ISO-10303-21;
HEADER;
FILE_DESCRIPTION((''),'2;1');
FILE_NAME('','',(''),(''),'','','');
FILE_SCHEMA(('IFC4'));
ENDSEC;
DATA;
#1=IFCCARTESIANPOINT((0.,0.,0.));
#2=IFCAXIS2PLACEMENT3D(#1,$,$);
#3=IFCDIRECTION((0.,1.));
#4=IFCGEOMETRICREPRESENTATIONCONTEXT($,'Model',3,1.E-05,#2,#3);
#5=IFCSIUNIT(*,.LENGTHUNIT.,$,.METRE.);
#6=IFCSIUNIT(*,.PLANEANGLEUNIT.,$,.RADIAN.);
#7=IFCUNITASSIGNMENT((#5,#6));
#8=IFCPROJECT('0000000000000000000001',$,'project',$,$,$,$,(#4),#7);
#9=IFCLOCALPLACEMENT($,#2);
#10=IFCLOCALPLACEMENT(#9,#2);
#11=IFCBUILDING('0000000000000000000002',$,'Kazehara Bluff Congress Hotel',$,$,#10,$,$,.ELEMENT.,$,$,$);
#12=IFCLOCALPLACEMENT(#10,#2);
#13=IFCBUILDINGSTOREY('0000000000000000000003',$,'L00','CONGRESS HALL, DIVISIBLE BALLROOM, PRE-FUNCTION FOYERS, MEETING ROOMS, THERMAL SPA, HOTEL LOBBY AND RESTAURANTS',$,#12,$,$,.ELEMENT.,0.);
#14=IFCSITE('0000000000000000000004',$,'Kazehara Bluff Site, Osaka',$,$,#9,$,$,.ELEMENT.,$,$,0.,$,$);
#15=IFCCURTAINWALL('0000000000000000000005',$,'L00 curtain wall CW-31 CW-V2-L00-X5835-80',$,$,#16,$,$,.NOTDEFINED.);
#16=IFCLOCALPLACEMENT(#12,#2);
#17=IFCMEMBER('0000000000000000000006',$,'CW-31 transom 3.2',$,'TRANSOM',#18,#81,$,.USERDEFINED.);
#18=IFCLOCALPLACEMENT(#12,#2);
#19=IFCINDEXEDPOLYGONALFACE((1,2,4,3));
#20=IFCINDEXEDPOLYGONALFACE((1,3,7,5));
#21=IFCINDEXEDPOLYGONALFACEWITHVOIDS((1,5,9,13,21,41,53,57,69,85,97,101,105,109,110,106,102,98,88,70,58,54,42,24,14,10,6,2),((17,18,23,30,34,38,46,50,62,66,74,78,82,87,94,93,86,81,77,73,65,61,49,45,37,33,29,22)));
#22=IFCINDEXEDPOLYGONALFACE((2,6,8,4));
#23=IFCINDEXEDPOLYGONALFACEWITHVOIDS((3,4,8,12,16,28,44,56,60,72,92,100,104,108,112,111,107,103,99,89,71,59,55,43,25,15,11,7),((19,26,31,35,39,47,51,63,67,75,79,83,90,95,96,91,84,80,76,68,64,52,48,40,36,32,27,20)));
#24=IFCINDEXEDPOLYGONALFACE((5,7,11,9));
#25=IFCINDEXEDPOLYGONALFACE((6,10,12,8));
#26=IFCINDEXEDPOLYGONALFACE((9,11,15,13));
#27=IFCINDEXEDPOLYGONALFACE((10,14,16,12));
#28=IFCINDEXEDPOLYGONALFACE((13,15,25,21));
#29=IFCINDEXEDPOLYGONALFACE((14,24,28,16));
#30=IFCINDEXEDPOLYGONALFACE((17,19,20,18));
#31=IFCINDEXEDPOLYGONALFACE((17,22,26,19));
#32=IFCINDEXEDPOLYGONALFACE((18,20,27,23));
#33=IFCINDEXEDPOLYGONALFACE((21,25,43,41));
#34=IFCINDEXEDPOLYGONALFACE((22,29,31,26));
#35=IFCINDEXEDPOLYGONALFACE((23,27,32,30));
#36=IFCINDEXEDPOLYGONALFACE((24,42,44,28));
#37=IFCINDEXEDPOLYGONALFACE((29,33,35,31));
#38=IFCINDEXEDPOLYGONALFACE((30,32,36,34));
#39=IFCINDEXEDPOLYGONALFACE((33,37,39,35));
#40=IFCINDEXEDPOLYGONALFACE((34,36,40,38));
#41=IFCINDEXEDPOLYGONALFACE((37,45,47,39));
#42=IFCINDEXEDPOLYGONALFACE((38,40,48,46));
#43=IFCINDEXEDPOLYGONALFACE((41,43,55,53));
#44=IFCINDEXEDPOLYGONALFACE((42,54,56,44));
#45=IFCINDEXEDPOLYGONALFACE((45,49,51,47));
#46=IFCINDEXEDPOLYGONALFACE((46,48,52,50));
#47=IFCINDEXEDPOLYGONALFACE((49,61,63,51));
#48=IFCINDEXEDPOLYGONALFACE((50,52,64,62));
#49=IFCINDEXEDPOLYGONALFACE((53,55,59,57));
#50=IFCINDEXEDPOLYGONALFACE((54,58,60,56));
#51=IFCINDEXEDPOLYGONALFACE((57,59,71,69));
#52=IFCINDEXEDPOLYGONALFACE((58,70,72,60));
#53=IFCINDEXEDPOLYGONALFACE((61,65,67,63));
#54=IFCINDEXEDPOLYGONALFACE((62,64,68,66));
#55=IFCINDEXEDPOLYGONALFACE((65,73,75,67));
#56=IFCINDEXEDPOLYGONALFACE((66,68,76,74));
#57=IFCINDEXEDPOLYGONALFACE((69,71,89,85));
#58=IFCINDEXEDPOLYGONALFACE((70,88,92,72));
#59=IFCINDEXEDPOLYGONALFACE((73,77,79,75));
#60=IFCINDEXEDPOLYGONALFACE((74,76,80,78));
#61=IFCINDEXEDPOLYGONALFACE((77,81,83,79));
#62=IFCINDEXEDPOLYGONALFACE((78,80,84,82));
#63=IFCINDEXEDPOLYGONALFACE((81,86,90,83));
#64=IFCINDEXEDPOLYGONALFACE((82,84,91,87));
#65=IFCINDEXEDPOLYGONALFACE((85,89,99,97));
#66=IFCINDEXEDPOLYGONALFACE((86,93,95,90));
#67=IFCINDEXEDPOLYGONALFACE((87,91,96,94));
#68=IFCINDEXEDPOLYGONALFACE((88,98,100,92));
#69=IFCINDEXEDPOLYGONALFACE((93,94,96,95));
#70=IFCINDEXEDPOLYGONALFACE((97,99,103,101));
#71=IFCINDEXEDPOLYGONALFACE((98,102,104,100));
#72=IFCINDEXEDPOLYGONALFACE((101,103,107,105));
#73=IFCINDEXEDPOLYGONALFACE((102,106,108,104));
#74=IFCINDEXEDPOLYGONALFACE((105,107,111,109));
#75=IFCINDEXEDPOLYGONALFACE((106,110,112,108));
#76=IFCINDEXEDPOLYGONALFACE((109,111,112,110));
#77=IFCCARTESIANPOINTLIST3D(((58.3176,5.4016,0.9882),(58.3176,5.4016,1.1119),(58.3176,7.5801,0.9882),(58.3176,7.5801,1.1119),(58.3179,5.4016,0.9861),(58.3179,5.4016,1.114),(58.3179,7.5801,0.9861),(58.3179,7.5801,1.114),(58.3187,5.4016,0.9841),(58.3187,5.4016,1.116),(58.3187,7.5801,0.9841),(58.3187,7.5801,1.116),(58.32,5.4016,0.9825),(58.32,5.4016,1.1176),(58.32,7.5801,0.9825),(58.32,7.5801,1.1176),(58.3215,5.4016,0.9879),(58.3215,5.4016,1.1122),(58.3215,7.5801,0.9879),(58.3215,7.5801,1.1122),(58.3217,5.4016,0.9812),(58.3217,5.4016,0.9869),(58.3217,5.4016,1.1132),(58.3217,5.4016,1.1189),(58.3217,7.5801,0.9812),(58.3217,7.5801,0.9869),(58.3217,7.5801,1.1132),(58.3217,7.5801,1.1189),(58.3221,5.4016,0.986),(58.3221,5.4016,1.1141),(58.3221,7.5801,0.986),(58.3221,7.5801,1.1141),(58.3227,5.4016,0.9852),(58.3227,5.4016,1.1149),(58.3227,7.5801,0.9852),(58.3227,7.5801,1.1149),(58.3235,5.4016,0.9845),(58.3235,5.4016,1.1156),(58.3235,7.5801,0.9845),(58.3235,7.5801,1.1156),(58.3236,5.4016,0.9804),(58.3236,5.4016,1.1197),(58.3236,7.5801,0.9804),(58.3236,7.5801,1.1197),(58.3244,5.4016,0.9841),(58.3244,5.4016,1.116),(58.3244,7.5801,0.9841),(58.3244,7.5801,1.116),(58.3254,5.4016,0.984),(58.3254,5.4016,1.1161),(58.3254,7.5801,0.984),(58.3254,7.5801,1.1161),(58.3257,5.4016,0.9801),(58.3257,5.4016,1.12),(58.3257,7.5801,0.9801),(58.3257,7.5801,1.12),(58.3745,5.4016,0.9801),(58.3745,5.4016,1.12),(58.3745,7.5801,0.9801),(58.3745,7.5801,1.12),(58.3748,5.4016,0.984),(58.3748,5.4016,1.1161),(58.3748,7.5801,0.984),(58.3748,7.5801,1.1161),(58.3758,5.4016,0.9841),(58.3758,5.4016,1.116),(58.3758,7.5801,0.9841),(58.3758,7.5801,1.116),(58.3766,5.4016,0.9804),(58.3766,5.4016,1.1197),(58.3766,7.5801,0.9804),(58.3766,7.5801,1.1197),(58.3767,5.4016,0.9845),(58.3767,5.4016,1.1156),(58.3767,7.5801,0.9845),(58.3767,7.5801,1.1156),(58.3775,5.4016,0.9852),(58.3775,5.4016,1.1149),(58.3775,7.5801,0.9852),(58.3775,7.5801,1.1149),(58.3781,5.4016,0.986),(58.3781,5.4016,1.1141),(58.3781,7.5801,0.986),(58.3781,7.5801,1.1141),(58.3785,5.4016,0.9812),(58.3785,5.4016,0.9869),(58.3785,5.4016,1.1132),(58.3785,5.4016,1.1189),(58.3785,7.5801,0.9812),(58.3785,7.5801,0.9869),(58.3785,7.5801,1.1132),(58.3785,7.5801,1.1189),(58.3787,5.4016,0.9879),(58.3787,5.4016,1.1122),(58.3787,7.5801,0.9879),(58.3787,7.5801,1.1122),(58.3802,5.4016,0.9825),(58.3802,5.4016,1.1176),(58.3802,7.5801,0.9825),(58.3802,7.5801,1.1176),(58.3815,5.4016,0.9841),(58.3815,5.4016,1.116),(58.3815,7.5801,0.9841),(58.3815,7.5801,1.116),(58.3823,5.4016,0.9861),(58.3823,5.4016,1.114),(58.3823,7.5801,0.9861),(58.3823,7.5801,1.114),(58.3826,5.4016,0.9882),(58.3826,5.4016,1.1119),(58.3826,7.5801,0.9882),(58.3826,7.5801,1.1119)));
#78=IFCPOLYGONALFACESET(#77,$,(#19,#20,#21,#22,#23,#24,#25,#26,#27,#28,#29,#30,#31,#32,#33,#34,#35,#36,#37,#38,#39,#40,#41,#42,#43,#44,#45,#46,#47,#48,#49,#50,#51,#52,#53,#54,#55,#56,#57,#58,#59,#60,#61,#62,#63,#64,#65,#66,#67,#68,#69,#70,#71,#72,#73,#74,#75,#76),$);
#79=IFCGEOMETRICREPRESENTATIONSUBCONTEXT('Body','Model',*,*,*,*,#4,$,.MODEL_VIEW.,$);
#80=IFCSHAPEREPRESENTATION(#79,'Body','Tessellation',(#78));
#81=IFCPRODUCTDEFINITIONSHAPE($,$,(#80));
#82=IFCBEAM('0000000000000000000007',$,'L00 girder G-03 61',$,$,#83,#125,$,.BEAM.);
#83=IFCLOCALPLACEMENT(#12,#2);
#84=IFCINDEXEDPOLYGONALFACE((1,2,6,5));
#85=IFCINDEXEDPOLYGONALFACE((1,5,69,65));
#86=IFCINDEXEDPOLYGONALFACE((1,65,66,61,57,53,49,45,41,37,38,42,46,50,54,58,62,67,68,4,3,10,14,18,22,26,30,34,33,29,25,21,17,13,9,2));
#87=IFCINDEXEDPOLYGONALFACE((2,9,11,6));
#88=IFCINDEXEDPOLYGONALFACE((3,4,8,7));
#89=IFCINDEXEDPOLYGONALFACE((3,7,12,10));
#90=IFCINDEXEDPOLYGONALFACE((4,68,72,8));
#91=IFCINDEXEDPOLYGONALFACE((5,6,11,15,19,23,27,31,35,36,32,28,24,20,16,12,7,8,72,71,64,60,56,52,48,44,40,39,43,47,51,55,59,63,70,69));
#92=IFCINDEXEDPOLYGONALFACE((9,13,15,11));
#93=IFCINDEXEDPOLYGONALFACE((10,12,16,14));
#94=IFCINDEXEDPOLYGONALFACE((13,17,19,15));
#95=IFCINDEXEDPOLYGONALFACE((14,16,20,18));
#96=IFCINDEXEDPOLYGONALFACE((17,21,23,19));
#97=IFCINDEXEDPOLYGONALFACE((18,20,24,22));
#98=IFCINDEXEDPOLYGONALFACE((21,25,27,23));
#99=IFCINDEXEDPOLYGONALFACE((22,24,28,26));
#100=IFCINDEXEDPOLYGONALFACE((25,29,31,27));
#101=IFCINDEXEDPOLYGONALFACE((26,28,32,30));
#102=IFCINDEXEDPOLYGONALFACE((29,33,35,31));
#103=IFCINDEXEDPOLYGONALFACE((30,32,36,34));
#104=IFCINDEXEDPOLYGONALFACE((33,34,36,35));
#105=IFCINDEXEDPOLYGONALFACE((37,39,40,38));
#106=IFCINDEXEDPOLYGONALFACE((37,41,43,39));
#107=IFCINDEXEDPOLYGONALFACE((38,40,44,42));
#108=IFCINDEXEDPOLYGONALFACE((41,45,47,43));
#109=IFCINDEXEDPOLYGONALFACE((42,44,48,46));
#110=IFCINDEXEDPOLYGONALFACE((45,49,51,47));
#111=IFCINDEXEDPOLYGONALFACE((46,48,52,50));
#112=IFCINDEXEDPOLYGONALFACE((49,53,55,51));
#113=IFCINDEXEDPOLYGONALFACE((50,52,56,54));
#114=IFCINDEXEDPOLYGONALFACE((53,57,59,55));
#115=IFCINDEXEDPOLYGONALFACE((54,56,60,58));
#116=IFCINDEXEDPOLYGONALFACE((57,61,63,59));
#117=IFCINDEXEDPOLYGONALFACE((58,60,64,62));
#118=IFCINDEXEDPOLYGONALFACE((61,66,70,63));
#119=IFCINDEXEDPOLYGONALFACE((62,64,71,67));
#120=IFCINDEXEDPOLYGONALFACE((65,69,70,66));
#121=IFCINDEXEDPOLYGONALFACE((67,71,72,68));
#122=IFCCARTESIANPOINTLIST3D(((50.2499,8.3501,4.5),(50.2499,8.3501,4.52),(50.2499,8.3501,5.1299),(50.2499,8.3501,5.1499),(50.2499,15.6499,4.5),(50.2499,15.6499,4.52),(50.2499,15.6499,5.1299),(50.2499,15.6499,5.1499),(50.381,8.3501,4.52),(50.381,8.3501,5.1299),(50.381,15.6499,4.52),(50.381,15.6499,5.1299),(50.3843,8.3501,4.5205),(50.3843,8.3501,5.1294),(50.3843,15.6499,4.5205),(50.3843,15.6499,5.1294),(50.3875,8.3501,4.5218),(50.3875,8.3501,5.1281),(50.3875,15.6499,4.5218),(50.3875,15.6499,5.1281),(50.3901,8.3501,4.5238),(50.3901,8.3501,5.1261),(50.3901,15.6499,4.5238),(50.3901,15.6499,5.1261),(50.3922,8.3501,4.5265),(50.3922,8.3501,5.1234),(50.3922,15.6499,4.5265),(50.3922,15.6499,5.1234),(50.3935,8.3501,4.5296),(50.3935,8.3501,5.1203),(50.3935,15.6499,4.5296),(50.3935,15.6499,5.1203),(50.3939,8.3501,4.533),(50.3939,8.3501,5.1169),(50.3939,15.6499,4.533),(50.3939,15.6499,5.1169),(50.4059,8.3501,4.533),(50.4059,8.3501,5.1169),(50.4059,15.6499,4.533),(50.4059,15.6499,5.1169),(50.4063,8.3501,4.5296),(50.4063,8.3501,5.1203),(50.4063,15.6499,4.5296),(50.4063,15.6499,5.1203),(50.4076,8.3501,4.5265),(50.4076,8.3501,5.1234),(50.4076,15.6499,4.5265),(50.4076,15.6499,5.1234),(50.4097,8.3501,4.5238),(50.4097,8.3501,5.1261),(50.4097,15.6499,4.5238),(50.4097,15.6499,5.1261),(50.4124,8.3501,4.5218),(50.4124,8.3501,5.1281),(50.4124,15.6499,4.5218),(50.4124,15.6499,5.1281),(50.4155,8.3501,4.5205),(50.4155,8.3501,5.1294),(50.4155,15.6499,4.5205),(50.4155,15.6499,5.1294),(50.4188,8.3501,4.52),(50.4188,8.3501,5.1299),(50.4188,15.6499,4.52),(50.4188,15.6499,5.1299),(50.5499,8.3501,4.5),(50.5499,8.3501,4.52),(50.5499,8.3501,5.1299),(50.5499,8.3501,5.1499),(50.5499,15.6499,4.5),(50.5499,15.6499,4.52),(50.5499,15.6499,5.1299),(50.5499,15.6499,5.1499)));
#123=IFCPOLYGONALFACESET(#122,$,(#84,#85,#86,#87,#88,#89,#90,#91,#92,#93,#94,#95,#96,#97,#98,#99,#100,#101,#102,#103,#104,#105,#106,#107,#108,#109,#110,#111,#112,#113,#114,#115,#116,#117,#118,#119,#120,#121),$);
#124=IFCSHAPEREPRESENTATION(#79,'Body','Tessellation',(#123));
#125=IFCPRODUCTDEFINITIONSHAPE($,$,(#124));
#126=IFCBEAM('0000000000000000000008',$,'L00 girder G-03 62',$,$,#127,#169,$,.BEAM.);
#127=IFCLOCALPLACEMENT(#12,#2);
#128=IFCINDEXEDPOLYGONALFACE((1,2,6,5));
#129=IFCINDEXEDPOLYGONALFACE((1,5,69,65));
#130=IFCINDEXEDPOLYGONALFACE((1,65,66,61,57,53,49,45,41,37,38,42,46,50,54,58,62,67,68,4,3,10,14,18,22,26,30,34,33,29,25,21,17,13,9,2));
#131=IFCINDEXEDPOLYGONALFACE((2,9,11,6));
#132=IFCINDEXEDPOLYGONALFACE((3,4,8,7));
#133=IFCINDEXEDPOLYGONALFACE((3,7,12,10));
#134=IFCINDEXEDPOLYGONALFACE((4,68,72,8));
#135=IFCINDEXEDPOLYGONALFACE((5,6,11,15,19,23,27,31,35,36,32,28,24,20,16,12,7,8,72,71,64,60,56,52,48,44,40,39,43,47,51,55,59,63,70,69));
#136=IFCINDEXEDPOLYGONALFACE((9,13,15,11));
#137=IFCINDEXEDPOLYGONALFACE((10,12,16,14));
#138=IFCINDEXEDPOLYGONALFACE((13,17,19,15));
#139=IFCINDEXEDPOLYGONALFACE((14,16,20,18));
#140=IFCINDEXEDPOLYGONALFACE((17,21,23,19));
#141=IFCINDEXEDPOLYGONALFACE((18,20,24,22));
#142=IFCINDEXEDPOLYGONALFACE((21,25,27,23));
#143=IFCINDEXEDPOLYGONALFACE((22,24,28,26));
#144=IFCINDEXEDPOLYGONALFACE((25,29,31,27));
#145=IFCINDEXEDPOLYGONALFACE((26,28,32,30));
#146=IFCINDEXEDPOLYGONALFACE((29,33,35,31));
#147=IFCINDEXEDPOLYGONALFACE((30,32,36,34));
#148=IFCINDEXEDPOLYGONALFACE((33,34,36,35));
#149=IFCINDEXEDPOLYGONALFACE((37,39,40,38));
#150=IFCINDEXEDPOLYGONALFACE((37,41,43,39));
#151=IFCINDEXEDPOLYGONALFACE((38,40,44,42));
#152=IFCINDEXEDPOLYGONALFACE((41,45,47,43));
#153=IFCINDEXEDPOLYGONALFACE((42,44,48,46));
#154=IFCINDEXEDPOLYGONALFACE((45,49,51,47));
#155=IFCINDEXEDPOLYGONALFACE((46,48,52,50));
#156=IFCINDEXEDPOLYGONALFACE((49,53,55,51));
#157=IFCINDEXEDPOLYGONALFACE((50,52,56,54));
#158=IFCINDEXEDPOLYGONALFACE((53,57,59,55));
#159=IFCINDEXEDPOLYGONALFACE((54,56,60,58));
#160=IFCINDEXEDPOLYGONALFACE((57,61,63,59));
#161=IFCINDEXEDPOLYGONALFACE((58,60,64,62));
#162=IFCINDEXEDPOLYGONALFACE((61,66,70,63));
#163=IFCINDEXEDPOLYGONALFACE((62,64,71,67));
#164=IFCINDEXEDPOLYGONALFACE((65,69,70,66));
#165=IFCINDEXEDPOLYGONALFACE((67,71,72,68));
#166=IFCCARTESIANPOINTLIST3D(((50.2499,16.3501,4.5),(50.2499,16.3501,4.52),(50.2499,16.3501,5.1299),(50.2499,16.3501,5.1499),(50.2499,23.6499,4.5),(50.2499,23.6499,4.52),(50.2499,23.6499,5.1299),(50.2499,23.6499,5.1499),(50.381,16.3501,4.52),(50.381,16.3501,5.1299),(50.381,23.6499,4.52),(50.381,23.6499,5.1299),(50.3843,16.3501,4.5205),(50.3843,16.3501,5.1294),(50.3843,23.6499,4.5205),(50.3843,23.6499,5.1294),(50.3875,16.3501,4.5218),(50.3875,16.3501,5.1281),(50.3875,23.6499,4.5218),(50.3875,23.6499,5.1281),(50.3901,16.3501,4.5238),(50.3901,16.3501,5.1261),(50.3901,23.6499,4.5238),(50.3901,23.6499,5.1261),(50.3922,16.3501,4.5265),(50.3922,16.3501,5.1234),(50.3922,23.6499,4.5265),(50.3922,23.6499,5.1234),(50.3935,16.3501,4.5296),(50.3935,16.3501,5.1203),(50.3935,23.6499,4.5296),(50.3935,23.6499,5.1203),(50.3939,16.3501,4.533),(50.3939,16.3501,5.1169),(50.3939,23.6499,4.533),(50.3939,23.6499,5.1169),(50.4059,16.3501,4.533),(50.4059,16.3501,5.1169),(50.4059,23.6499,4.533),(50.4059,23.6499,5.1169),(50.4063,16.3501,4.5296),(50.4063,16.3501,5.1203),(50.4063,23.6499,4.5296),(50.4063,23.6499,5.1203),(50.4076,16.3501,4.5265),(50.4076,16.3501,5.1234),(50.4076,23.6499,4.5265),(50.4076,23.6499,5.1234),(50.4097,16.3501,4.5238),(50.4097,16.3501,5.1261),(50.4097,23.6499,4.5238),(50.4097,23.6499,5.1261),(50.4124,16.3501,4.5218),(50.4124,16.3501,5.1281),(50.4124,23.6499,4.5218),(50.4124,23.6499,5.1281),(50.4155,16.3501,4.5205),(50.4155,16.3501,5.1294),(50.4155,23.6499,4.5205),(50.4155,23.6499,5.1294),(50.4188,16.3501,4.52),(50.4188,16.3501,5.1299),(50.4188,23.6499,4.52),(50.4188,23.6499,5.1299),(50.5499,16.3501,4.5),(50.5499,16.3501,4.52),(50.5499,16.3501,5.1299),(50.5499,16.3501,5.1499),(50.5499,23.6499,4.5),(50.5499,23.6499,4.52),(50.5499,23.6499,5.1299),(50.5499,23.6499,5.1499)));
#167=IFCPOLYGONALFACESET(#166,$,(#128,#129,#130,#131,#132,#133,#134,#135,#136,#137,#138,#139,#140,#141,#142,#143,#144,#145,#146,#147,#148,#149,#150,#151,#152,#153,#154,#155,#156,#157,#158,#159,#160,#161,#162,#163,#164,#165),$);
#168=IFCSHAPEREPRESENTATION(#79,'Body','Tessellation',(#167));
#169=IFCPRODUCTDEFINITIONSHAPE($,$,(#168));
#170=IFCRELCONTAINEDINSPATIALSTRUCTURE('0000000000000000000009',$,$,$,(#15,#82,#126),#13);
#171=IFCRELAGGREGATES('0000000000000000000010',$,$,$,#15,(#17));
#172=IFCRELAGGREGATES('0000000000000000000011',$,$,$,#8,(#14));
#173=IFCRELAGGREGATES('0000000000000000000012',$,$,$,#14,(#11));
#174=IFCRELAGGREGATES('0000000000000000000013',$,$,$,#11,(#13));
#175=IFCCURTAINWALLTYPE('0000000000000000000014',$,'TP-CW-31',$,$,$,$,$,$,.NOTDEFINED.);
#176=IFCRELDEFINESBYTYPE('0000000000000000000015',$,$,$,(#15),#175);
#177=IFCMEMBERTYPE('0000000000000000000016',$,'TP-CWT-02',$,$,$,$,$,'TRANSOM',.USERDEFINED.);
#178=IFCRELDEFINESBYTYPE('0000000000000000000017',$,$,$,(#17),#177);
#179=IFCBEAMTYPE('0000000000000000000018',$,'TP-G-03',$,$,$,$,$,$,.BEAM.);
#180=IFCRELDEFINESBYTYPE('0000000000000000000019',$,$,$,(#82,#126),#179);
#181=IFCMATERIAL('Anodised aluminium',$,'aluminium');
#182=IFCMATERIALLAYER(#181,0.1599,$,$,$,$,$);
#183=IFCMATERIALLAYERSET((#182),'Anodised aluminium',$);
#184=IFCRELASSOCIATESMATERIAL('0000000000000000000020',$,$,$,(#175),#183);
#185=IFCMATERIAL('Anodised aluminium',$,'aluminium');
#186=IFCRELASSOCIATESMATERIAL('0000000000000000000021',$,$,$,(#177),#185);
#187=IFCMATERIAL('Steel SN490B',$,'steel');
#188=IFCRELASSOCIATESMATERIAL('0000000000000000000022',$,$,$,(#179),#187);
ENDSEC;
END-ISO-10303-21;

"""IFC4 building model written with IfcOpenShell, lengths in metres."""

from ifc_helpers import new_model, si_unit, direction, frame, origin, origin_2d, place, context, subcontext, project, spatial, hollow_rectangle, i_section, extrude, material, layer, layer_set, material_profile, profile_set, type_object, element, aggregate, save


model = new_model("IFC4")

# Units and contexts
model_context = context("Model", 3, precision=1e-05, world=origin(), true_north=direction((0.0, 1.0)))
body_context = subcontext(model_context, "Body", "Model", "MODEL_VIEW")
ifc_project = project(units=[si_unit("LENGTHUNIT", "METRE"), si_unit("PLANEANGLEUNIT", "RADIAN")], contexts=[model_context])

# Site, building, storey
site_placement = place(None, origin())
site = spatial("IfcSite", under=ifc_project, at=site_placement, Name="Kazehara Bluff Site, Osaka", CompositionType="ELEMENT", RefElevation=0.0)
building_placement = place(site_placement, origin())
building = spatial("IfcBuilding", under=site, at=building_placement, Name="Kazehara Bluff Congress Hotel", CompositionType="ELEMENT")
storey_placement = place(building_placement, origin())
storey = spatial("IfcBuildingStorey", under=building, at=storey_placement, Name="L00", Description="CONGRESS HALL, DIVISIBLE BALLROOM, PRE-FUNCTION FOYERS, MEETING ROOMS, THERMAL SPA, HOTEL LOBBY AND RESTAURANTS", CompositionType="ELEMENT", Elevation=0.0)

# Curtain wall, member
ifc_material_1 = material(Name="Anodised aluminium", Category="aluminium")
ifc_layer_1 = layer(ifc_material_1, 0.1599)
ifc_layer_set_1 = layer_set([ifc_layer_1], Name="Anodised aluminium")
curtain_wall_type = type_object("IfcCurtainWallType", Name="TP-CW-31", PredefinedType="NOTDEFINED", material=ifc_layer_set_1)
curtain_wall_placement = place(storey_placement, origin())
curtain_wall = element("IfcCurtainWall", 1, at=curtain_wall_placement, inside=storey, type_object=curtain_wall_type, Name="L00 curtain wall CW-31 CW-V2-L00-X5835-80", PredefinedType="NOTDEFINED")
ifc_material_2 = material(Name="Anodised aluminium", Category="aluminium")
ifc_material_profile_1 = material_profile(ifc_material_2, hollow_rectangle(XDim=0.0649, YDim=0.1399, WallThickness=0.0039, InnerFilletRadius=0.0039, OuterFilletRadius=0.0081, at=origin_2d()))
ifc_profile_set_1 = profile_set([ifc_material_profile_1], Name="Anodised aluminium")
member_type_1 = type_object("IfcMemberType", Name="TP-CWT-02", ElementType="TRANSOM", PredefinedType="USERDEFINED", material=ifc_profile_set_1)
member_1_placement = place(storey_placement, frame((58.3501, 5.4016, 1.05), z_axis=(0.0, 1.0, 0.0), x_axis=(-1.0, 0.0, 0.0)))
member_1 = element("IfcMember", 2, at=member_1_placement, type_object=member_type_1, Name="CW-31 transom 3.2", ObjectType="TRANSOM", PredefinedType="USERDEFINED", context=body_context, shape_type="SweptSolid", body=[
    extrude(hollow_rectangle(XDim=0.0649, YDim=0.1399, WallThickness=0.0039, InnerFilletRadius=0.0039, OuterFilletRadius=0.0081, at=origin_2d()), origin(), (0.0, 0.0, 1.0), 2.1785),
])

# Beams
ifc_material_3 = material(Name="Steel SN490B", Category="steel")
ifc_material_profile_2 = material_profile(ifc_material_3, i_section(OverallWidth=0.3, OverallDepth=0.6499, WebThickness=0.012, FlangeThickness=0.02, FilletRadius=0.0129, at=origin_2d()))
ifc_profile_set_2 = profile_set([ifc_material_profile_2], Name="Steel SN490B")
beam_type_1 = type_object("IfcBeamType", Name="TP-G-03", PredefinedType="BEAM", material=ifc_profile_set_2)
for number, where, z_axis, x_axis, name in (
    (3, (50.3999, 8.3501, 4.825), (0.0, 1.0, 0.0), (-1.0, 0.0, 0.0), "L00 girder G-03 61"),
    (4, (50.3999, 16.3501, 4.825), (0.0, 1.0, 0.0), (-1.0, 0.0, 0.0), "L00 girder G-03 62"),
):
    element("IfcBeam", number, at=place(storey_placement, frame(where, z_axis=z_axis, x_axis=x_axis)), inside=storey, type_object=beam_type_1, Name=name, PredefinedType="BEAM", context=body_context, shape_type="SweptSolid", body=[
        extrude(i_section(OverallWidth=0.3, OverallDepth=0.6499, WebThickness=0.012, FlangeThickness=0.02, FilletRadius=0.0129, at=origin_2d()), origin(), (0.0, 0.0, 1.0), 7.2998),
    ])

aggregate(curtain_wall, [member_1])

save(model, "model.ifc")
